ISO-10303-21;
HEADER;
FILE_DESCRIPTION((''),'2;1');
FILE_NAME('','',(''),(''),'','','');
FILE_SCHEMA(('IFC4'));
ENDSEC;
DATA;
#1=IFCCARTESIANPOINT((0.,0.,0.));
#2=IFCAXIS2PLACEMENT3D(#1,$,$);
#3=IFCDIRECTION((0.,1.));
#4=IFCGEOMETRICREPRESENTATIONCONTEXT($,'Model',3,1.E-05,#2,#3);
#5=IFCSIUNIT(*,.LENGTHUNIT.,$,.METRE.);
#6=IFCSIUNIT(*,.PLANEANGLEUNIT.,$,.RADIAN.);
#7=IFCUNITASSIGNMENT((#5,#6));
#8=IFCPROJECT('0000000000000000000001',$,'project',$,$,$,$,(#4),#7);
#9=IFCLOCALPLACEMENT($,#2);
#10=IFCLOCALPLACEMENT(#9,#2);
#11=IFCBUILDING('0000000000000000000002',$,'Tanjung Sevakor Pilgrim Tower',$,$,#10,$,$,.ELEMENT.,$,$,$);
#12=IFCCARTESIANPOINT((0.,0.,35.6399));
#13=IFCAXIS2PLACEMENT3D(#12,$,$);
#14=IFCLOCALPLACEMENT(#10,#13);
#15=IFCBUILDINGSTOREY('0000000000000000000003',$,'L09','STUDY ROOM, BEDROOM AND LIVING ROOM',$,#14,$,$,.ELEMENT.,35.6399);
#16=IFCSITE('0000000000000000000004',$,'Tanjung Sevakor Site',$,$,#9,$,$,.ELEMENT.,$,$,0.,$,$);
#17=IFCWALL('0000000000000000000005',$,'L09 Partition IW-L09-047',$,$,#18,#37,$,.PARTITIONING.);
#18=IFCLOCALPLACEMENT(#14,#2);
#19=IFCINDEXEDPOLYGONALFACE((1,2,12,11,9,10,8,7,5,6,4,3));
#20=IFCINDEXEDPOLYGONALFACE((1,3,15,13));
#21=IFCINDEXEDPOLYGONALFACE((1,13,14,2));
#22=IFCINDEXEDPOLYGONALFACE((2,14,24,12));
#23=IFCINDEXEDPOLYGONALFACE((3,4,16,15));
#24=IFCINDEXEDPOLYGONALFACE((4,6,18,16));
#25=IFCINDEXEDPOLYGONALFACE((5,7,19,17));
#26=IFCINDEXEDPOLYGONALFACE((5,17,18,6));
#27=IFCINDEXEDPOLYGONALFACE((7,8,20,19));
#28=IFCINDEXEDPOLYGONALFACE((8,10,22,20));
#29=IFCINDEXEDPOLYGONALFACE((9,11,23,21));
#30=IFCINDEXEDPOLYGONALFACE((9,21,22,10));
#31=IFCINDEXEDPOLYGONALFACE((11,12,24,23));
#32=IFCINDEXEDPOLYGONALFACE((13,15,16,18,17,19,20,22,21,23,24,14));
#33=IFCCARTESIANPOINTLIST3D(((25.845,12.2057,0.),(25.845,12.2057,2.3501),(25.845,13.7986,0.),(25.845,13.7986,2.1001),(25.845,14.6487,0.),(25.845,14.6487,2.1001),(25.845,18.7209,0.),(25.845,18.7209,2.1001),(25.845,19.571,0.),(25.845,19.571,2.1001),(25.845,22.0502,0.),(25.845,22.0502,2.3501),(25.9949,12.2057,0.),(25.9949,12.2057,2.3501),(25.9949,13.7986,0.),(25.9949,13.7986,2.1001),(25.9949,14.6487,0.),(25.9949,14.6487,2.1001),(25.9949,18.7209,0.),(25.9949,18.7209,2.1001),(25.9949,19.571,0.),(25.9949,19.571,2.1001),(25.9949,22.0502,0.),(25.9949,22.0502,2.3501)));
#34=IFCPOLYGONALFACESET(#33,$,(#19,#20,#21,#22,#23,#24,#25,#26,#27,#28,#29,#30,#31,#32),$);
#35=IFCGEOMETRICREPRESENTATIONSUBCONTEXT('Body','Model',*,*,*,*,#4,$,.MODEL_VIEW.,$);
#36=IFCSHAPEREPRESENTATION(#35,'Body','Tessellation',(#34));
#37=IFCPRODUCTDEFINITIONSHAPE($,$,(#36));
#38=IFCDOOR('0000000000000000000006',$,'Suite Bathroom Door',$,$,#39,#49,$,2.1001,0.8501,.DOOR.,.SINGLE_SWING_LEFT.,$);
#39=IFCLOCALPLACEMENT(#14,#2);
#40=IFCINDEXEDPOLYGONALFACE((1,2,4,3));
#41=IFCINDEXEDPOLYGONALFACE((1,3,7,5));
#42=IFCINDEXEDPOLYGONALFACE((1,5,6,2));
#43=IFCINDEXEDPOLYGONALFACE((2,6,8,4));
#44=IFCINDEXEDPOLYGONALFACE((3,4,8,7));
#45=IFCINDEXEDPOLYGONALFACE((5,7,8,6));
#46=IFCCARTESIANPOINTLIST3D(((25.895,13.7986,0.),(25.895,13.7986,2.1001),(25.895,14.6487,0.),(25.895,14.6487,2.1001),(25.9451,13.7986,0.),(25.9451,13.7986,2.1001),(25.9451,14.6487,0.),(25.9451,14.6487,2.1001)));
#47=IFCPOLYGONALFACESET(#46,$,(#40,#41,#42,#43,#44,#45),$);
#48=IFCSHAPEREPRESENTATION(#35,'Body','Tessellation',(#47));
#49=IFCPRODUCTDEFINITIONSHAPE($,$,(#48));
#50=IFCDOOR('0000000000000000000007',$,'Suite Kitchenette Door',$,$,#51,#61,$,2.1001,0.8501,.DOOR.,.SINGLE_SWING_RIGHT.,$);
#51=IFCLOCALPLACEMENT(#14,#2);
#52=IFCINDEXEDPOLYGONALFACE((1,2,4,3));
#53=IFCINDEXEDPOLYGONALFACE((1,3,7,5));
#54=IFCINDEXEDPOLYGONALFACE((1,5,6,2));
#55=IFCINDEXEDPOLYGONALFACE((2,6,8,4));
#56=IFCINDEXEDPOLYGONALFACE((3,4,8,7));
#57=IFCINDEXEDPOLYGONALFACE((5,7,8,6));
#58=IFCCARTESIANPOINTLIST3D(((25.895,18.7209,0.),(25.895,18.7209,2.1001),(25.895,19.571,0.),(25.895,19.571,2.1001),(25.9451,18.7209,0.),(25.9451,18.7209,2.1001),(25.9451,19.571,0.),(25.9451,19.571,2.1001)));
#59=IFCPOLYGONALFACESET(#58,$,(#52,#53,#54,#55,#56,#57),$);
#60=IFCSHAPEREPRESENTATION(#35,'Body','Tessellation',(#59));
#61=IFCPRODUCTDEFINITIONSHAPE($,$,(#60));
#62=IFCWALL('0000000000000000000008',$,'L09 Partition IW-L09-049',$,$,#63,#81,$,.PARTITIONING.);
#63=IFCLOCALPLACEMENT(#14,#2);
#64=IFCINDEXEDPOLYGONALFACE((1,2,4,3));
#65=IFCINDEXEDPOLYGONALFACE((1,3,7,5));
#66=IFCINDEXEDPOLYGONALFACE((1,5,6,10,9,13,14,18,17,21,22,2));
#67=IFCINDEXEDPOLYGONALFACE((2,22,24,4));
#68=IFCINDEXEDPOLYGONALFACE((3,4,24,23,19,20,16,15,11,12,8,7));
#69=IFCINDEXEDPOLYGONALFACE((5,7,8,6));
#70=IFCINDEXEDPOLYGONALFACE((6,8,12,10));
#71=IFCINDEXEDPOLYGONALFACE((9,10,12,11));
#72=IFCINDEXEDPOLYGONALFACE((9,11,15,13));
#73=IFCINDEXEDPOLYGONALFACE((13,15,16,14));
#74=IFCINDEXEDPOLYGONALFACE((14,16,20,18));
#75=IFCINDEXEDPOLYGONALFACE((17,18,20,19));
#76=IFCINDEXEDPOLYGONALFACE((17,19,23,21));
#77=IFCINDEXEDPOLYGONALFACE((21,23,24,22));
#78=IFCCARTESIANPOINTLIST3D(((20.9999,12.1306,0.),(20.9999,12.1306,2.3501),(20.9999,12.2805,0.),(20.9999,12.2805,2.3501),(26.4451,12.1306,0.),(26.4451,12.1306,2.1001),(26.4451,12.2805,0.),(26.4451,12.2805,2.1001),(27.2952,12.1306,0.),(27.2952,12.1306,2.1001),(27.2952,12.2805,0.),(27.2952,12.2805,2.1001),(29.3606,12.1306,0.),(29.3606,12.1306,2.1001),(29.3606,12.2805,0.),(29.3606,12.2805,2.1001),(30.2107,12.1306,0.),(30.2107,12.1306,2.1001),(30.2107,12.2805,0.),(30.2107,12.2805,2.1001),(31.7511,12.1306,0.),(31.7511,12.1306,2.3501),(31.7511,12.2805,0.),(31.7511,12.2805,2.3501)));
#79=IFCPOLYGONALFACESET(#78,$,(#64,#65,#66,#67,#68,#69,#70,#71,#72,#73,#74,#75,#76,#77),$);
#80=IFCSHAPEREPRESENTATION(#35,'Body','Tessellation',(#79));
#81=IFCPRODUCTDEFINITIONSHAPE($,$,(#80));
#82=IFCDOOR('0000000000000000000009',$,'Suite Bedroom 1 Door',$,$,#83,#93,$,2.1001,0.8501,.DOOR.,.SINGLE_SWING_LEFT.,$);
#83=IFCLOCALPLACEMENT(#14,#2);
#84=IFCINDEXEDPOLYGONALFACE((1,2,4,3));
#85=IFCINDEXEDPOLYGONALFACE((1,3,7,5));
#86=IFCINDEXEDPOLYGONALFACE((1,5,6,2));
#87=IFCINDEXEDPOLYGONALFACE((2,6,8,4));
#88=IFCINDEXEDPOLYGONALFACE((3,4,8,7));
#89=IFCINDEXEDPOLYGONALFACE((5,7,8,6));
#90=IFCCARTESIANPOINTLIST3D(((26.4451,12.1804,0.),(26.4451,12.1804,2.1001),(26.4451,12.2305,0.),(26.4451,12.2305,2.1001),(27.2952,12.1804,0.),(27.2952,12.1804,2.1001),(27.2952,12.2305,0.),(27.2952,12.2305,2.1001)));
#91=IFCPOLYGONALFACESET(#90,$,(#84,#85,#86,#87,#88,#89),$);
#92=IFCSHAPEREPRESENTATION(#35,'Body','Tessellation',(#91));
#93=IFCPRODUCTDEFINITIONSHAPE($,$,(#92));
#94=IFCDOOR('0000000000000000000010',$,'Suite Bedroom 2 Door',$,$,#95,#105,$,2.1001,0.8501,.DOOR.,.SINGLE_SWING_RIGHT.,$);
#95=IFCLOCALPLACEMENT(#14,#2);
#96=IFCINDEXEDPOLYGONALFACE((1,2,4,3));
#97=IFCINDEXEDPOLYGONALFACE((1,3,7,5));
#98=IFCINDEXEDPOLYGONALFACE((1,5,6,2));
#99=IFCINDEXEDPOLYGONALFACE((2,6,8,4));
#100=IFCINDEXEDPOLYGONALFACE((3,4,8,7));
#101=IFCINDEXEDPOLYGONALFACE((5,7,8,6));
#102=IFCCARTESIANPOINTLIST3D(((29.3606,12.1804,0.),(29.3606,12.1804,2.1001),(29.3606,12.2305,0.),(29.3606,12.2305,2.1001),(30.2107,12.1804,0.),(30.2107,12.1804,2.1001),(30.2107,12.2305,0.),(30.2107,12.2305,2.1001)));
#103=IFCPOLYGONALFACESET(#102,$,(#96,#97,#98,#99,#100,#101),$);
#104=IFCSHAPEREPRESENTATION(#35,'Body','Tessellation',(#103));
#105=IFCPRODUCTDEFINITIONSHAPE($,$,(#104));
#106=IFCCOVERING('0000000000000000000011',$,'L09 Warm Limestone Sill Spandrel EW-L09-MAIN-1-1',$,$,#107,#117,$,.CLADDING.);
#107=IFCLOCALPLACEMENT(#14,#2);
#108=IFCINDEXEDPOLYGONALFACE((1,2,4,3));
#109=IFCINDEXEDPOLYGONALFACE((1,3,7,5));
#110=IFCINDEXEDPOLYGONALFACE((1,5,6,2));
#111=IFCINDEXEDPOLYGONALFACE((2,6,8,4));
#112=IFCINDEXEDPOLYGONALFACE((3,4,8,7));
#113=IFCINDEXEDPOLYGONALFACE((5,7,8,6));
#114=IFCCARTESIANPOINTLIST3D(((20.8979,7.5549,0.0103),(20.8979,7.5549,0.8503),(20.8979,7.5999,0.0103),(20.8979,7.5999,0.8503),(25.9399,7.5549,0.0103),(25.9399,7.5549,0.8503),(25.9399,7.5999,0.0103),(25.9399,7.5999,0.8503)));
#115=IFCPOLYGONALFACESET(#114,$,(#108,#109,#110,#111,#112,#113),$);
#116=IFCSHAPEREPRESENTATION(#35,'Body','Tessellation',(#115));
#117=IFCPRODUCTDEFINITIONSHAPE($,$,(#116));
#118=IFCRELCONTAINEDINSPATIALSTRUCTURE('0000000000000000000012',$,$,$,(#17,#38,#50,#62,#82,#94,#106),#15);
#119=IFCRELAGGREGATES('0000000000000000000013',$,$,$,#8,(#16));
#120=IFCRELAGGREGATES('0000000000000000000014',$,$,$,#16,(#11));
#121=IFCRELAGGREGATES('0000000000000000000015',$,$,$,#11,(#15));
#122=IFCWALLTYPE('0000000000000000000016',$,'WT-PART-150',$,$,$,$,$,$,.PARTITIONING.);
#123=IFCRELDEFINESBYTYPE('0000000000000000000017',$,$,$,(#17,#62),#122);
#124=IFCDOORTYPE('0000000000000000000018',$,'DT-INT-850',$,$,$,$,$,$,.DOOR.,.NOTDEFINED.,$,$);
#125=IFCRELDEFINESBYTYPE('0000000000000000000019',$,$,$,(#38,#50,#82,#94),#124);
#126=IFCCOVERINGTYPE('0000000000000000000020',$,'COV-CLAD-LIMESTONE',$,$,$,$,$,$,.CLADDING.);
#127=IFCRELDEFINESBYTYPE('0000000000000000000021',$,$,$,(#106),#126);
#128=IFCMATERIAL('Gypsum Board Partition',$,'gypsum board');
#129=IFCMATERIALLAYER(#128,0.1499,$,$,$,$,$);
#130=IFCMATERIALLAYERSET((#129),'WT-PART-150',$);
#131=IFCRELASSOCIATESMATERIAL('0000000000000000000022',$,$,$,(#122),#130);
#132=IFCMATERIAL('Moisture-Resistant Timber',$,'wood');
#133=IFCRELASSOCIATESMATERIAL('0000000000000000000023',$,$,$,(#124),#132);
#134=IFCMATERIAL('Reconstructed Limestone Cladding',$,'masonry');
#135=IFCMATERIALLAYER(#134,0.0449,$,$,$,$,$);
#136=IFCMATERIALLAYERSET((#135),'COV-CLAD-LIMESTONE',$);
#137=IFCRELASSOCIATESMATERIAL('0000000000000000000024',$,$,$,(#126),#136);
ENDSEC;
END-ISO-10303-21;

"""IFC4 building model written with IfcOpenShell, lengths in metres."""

from ifc_helpers import new_model, si_unit, direction, frame, frame_2d, origin, origin_2d, place, context, subcontext, project, spatial, rectangle, extrude, material, layer, layer_set, type_object, element, fill, save


model = new_model("IFC4")

# Units and contexts
model_context = context("Model", 3, precision=1e-05, world=origin(), true_north=direction((0.0, 1.0)))
body_context = subcontext(model_context, "Body", "Model", "MODEL_VIEW")
ifc_project = project(units=[si_unit("LENGTHUNIT", "METRE"), si_unit("PLANEANGLEUNIT", "RADIAN")], contexts=[model_context])

# Site, building, storey
site_placement = place(None, origin())
site = spatial("IfcSite", under=ifc_project, at=site_placement, Name="Tanjung Sevakor Site", CompositionType="ELEMENT", RefElevation=0.0)
building_placement = place(site_placement, origin())
building = spatial("IfcBuilding", under=site, at=building_placement, Name="Tanjung Sevakor Pilgrim Tower", CompositionType="ELEMENT")
storey_placement = place(building_placement, frame((0.0, 0.0, 35.6399)))
storey = spatial("IfcBuildingStorey", under=building, at=storey_placement, Name="L09", Description="STUDY ROOM, BEDROOM AND LIVING ROOM", CompositionType="ELEMENT", Elevation=35.6399)

# Walls, openings, doors
ifc_material_1 = material(Name="Gypsum Board Partition", Category="gypsum board")
ifc_layer_1 = layer(ifc_material_1, 0.1499)
ifc_layer_set_1 = layer_set([ifc_layer_1], Name="WT-PART-150")
wall_type_1 = type_object("IfcWallType", Name="WT-PART-150", PredefinedType="PARTITIONING", material=ifc_layer_set_1)
wall_1_placement = place(storey_placement, frame((25.9199, 12.2056, 0.0), z_axis=(0.0, 0.0, 1.0), x_axis=(0.0, 1.0, 0.0)))
wall_1 = element("IfcWall", 1, at=wall_1_placement, inside=storey, type_object=wall_type_1, Name="L09 Partition IW-L09-047", PredefinedType="PARTITIONING", context=body_context, shape_type="SweptSolid", body=[
    extrude(rectangle(XDim=9.8445, YDim=0.1499, at=frame_2d((4.9224, 0.0))), origin(), (0.0, 0.0, 1.0), 2.3501),
])
opening_1_placement = place(wall_1_placement, frame((1.593, 0.0, 0.0)))
opening_1 = element("IfcOpeningElement", 2, at=opening_1_placement, cuts=wall_1, PredefinedType="OPENING", context=body_context, shape_type="SweptSolid", body=[
    extrude(rectangle(XDim=0.8501, YDim=2.1001, at=frame_2d((0.425, 1.05))), frame((0.0, 0.085, 0.0), z_axis=(0.0, -1.0, 0.0), x_axis=(1.0, 0.0, 0.0)), (0.0, 0.0, 1.0), 0.1699),
])
opening_2_placement = place(wall_1_placement, frame((6.5154, 0.0, 0.0)))
opening_2 = element("IfcOpeningElement", 3, at=opening_2_placement, cuts=wall_1, PredefinedType="OPENING", context=body_context, shape_type="SweptSolid", body=[
    extrude(rectangle(XDim=0.8501, YDim=2.1001, at=frame_2d((0.425, 1.05))), frame((0.0, 0.085, 0.0), z_axis=(0.0, -1.0, 0.0), x_axis=(1.0, 0.0, 0.0)), (0.0, 0.0, 1.0), 0.1699),
])
ifc_material_2 = material(Name="Moisture-Resistant Timber", Category="wood")
door_type_1 = type_object("IfcDoorType", Name="DT-INT-850", OperationType="NOTDEFINED", PredefinedType="DOOR", material=ifc_material_2)
door_1_placement = place(opening_1_placement, origin())
door_1 = element("IfcDoor", 4, at=door_1_placement, inside=storey, type_object=door_type_1, Name="Suite Bathroom Door", OperationType="SINGLE_SWING_LEFT", OverallHeight=2.1001, OverallWidth=0.8501, PredefinedType="DOOR", context=body_context, shape_type="SweptSolid", body=[
    extrude(rectangle(XDim=0.8501, YDim=2.1001, at=frame_2d((0.425, 1.05))), frame((0.0, 0.0249, 0.0), z_axis=(0.0, -1.0, 0.0), x_axis=(1.0, 0.0, 0.0)), (0.0, 0.0, 1.0), 0.05),
])
fill(opening_1, door_1)
door_2_placement = place(opening_2_placement, origin())
door_2 = element("IfcDoor", 5, at=door_2_placement, inside=storey, type_object=door_type_1, Name="Suite Kitchenette Door", OperationType="SINGLE_SWING_RIGHT", OverallHeight=2.1001, OverallWidth=0.8501, PredefinedType="DOOR", context=body_context, shape_type="SweptSolid", body=[
    extrude(rectangle(XDim=0.8501, YDim=2.1001, at=frame_2d((0.425, 1.05))), frame((0.0, 0.0249, 0.0), z_axis=(0.0, -1.0, 0.0), x_axis=(1.0, 0.0, 0.0)), (0.0, 0.0, 1.0), 0.05),
])
fill(opening_2, door_2)
wall_2_placement = place(storey_placement, frame((21.0, 12.2056, 0.0), z_axis=(0.0, 0.0, 1.0), x_axis=(1.0, 0.0, 0.0)))
wall_2 = element("IfcWall", 6, at=wall_2_placement, inside=storey, type_object=wall_type_1, Name="L09 Partition IW-L09-049", PredefinedType="PARTITIONING", context=body_context, shape_type="SweptSolid", body=[
    extrude(rectangle(XDim=10.7512, YDim=0.1499, at=frame_2d((5.3755, 0.0))), origin(), (0.0, 0.0, 1.0), 2.3501),
])
opening_3_placement = place(wall_2_placement, frame((5.4451, 0.0, 0.0)))
opening_3 = element("IfcOpeningElement", 7, at=opening_3_placement, cuts=wall_2, PredefinedType="OPENING", context=body_context, shape_type="SweptSolid", body=[
    extrude(rectangle(XDim=0.8501, YDim=2.1001, at=frame_2d((0.425, 1.05))), frame((0.0, 0.085, 0.0), z_axis=(0.0, -1.0, 0.0), x_axis=(1.0, 0.0, 0.0)), (0.0, 0.0, 1.0), 0.1699),
])
opening_4_placement = place(wall_2_placement, frame((8.3606, 0.0, 0.0)))
opening_4 = element("IfcOpeningElement", 8, at=opening_4_placement, cuts=wall_2, PredefinedType="OPENING", context=body_context, shape_type="SweptSolid", body=[
    extrude(rectangle(XDim=0.8501, YDim=2.1001, at=frame_2d((0.425, 1.05))), frame((0.0, 0.085, 0.0), z_axis=(0.0, -1.0, 0.0), x_axis=(1.0, 0.0, 0.0)), (0.0, 0.0, 1.0), 0.1699),
])
door_3_placement = place(opening_3_placement, origin())
door_3 = element("IfcDoor", 9, at=door_3_placement, inside=storey, type_object=door_type_1, Name="Suite Bedroom 1 Door", OperationType="SINGLE_SWING_LEFT", OverallHeight=2.1001, OverallWidth=0.8501, PredefinedType="DOOR", context=body_context, shape_type="SweptSolid", body=[
    extrude(rectangle(XDim=0.8501, YDim=2.1001, at=frame_2d((0.425, 1.05))), frame((0.0, 0.0249, 0.0), z_axis=(0.0, -1.0, 0.0), x_axis=(1.0, 0.0, 0.0)), (0.0, 0.0, 1.0), 0.05),
])
fill(opening_3, door_3)
door_4_placement = place(opening_4_placement, origin())
door_4 = element("IfcDoor", 10, at=door_4_placement, inside=storey, type_object=door_type_1, Name="Suite Bedroom 2 Door", OperationType="SINGLE_SWING_RIGHT", OverallHeight=2.1001, OverallWidth=0.8501, PredefinedType="DOOR", context=body_context, shape_type="SweptSolid", body=[
    extrude(rectangle(XDim=0.8501, YDim=2.1001, at=frame_2d((0.425, 1.05))), frame((0.0, 0.0249, 0.0), z_axis=(0.0, -1.0, 0.0), x_axis=(1.0, 0.0, 0.0)), (0.0, 0.0, 1.0), 0.05),
])
fill(opening_4, door_4)

# Covering
ifc_material_3 = material(Name="Reconstructed Limestone Cladding", Category="masonry")
ifc_layer_2 = layer(ifc_material_3, 0.0449)
ifc_layer_set_2 = layer_set([ifc_layer_2], Name="COV-CLAD-LIMESTONE")
covering_type = type_object("IfcCoveringType", Name="COV-CLAD-LIMESTONE", PredefinedType="CLADDING", material=ifc_layer_set_2)
covering_placement = place(storey_placement, frame((23.4189, 7.5774, 0.0103), z_axis=(0.0, 0.0, 1.0), x_axis=(1.0, 0.0, 0.0)))
element("IfcCovering", 11, at=covering_placement, inside=storey, type_object=covering_type, Name="L09 Warm Limestone Sill Spandrel EW-L09-MAIN-1-1", PredefinedType="CLADDING", context=body_context, shape_type="SweptSolid", body=[
    extrude(rectangle(XDim=5.042, YDim=0.0449, at=origin_2d()), origin(), (0.0, 0.0, 1.0), 0.8401),
])

save(model, "model.ifc")
